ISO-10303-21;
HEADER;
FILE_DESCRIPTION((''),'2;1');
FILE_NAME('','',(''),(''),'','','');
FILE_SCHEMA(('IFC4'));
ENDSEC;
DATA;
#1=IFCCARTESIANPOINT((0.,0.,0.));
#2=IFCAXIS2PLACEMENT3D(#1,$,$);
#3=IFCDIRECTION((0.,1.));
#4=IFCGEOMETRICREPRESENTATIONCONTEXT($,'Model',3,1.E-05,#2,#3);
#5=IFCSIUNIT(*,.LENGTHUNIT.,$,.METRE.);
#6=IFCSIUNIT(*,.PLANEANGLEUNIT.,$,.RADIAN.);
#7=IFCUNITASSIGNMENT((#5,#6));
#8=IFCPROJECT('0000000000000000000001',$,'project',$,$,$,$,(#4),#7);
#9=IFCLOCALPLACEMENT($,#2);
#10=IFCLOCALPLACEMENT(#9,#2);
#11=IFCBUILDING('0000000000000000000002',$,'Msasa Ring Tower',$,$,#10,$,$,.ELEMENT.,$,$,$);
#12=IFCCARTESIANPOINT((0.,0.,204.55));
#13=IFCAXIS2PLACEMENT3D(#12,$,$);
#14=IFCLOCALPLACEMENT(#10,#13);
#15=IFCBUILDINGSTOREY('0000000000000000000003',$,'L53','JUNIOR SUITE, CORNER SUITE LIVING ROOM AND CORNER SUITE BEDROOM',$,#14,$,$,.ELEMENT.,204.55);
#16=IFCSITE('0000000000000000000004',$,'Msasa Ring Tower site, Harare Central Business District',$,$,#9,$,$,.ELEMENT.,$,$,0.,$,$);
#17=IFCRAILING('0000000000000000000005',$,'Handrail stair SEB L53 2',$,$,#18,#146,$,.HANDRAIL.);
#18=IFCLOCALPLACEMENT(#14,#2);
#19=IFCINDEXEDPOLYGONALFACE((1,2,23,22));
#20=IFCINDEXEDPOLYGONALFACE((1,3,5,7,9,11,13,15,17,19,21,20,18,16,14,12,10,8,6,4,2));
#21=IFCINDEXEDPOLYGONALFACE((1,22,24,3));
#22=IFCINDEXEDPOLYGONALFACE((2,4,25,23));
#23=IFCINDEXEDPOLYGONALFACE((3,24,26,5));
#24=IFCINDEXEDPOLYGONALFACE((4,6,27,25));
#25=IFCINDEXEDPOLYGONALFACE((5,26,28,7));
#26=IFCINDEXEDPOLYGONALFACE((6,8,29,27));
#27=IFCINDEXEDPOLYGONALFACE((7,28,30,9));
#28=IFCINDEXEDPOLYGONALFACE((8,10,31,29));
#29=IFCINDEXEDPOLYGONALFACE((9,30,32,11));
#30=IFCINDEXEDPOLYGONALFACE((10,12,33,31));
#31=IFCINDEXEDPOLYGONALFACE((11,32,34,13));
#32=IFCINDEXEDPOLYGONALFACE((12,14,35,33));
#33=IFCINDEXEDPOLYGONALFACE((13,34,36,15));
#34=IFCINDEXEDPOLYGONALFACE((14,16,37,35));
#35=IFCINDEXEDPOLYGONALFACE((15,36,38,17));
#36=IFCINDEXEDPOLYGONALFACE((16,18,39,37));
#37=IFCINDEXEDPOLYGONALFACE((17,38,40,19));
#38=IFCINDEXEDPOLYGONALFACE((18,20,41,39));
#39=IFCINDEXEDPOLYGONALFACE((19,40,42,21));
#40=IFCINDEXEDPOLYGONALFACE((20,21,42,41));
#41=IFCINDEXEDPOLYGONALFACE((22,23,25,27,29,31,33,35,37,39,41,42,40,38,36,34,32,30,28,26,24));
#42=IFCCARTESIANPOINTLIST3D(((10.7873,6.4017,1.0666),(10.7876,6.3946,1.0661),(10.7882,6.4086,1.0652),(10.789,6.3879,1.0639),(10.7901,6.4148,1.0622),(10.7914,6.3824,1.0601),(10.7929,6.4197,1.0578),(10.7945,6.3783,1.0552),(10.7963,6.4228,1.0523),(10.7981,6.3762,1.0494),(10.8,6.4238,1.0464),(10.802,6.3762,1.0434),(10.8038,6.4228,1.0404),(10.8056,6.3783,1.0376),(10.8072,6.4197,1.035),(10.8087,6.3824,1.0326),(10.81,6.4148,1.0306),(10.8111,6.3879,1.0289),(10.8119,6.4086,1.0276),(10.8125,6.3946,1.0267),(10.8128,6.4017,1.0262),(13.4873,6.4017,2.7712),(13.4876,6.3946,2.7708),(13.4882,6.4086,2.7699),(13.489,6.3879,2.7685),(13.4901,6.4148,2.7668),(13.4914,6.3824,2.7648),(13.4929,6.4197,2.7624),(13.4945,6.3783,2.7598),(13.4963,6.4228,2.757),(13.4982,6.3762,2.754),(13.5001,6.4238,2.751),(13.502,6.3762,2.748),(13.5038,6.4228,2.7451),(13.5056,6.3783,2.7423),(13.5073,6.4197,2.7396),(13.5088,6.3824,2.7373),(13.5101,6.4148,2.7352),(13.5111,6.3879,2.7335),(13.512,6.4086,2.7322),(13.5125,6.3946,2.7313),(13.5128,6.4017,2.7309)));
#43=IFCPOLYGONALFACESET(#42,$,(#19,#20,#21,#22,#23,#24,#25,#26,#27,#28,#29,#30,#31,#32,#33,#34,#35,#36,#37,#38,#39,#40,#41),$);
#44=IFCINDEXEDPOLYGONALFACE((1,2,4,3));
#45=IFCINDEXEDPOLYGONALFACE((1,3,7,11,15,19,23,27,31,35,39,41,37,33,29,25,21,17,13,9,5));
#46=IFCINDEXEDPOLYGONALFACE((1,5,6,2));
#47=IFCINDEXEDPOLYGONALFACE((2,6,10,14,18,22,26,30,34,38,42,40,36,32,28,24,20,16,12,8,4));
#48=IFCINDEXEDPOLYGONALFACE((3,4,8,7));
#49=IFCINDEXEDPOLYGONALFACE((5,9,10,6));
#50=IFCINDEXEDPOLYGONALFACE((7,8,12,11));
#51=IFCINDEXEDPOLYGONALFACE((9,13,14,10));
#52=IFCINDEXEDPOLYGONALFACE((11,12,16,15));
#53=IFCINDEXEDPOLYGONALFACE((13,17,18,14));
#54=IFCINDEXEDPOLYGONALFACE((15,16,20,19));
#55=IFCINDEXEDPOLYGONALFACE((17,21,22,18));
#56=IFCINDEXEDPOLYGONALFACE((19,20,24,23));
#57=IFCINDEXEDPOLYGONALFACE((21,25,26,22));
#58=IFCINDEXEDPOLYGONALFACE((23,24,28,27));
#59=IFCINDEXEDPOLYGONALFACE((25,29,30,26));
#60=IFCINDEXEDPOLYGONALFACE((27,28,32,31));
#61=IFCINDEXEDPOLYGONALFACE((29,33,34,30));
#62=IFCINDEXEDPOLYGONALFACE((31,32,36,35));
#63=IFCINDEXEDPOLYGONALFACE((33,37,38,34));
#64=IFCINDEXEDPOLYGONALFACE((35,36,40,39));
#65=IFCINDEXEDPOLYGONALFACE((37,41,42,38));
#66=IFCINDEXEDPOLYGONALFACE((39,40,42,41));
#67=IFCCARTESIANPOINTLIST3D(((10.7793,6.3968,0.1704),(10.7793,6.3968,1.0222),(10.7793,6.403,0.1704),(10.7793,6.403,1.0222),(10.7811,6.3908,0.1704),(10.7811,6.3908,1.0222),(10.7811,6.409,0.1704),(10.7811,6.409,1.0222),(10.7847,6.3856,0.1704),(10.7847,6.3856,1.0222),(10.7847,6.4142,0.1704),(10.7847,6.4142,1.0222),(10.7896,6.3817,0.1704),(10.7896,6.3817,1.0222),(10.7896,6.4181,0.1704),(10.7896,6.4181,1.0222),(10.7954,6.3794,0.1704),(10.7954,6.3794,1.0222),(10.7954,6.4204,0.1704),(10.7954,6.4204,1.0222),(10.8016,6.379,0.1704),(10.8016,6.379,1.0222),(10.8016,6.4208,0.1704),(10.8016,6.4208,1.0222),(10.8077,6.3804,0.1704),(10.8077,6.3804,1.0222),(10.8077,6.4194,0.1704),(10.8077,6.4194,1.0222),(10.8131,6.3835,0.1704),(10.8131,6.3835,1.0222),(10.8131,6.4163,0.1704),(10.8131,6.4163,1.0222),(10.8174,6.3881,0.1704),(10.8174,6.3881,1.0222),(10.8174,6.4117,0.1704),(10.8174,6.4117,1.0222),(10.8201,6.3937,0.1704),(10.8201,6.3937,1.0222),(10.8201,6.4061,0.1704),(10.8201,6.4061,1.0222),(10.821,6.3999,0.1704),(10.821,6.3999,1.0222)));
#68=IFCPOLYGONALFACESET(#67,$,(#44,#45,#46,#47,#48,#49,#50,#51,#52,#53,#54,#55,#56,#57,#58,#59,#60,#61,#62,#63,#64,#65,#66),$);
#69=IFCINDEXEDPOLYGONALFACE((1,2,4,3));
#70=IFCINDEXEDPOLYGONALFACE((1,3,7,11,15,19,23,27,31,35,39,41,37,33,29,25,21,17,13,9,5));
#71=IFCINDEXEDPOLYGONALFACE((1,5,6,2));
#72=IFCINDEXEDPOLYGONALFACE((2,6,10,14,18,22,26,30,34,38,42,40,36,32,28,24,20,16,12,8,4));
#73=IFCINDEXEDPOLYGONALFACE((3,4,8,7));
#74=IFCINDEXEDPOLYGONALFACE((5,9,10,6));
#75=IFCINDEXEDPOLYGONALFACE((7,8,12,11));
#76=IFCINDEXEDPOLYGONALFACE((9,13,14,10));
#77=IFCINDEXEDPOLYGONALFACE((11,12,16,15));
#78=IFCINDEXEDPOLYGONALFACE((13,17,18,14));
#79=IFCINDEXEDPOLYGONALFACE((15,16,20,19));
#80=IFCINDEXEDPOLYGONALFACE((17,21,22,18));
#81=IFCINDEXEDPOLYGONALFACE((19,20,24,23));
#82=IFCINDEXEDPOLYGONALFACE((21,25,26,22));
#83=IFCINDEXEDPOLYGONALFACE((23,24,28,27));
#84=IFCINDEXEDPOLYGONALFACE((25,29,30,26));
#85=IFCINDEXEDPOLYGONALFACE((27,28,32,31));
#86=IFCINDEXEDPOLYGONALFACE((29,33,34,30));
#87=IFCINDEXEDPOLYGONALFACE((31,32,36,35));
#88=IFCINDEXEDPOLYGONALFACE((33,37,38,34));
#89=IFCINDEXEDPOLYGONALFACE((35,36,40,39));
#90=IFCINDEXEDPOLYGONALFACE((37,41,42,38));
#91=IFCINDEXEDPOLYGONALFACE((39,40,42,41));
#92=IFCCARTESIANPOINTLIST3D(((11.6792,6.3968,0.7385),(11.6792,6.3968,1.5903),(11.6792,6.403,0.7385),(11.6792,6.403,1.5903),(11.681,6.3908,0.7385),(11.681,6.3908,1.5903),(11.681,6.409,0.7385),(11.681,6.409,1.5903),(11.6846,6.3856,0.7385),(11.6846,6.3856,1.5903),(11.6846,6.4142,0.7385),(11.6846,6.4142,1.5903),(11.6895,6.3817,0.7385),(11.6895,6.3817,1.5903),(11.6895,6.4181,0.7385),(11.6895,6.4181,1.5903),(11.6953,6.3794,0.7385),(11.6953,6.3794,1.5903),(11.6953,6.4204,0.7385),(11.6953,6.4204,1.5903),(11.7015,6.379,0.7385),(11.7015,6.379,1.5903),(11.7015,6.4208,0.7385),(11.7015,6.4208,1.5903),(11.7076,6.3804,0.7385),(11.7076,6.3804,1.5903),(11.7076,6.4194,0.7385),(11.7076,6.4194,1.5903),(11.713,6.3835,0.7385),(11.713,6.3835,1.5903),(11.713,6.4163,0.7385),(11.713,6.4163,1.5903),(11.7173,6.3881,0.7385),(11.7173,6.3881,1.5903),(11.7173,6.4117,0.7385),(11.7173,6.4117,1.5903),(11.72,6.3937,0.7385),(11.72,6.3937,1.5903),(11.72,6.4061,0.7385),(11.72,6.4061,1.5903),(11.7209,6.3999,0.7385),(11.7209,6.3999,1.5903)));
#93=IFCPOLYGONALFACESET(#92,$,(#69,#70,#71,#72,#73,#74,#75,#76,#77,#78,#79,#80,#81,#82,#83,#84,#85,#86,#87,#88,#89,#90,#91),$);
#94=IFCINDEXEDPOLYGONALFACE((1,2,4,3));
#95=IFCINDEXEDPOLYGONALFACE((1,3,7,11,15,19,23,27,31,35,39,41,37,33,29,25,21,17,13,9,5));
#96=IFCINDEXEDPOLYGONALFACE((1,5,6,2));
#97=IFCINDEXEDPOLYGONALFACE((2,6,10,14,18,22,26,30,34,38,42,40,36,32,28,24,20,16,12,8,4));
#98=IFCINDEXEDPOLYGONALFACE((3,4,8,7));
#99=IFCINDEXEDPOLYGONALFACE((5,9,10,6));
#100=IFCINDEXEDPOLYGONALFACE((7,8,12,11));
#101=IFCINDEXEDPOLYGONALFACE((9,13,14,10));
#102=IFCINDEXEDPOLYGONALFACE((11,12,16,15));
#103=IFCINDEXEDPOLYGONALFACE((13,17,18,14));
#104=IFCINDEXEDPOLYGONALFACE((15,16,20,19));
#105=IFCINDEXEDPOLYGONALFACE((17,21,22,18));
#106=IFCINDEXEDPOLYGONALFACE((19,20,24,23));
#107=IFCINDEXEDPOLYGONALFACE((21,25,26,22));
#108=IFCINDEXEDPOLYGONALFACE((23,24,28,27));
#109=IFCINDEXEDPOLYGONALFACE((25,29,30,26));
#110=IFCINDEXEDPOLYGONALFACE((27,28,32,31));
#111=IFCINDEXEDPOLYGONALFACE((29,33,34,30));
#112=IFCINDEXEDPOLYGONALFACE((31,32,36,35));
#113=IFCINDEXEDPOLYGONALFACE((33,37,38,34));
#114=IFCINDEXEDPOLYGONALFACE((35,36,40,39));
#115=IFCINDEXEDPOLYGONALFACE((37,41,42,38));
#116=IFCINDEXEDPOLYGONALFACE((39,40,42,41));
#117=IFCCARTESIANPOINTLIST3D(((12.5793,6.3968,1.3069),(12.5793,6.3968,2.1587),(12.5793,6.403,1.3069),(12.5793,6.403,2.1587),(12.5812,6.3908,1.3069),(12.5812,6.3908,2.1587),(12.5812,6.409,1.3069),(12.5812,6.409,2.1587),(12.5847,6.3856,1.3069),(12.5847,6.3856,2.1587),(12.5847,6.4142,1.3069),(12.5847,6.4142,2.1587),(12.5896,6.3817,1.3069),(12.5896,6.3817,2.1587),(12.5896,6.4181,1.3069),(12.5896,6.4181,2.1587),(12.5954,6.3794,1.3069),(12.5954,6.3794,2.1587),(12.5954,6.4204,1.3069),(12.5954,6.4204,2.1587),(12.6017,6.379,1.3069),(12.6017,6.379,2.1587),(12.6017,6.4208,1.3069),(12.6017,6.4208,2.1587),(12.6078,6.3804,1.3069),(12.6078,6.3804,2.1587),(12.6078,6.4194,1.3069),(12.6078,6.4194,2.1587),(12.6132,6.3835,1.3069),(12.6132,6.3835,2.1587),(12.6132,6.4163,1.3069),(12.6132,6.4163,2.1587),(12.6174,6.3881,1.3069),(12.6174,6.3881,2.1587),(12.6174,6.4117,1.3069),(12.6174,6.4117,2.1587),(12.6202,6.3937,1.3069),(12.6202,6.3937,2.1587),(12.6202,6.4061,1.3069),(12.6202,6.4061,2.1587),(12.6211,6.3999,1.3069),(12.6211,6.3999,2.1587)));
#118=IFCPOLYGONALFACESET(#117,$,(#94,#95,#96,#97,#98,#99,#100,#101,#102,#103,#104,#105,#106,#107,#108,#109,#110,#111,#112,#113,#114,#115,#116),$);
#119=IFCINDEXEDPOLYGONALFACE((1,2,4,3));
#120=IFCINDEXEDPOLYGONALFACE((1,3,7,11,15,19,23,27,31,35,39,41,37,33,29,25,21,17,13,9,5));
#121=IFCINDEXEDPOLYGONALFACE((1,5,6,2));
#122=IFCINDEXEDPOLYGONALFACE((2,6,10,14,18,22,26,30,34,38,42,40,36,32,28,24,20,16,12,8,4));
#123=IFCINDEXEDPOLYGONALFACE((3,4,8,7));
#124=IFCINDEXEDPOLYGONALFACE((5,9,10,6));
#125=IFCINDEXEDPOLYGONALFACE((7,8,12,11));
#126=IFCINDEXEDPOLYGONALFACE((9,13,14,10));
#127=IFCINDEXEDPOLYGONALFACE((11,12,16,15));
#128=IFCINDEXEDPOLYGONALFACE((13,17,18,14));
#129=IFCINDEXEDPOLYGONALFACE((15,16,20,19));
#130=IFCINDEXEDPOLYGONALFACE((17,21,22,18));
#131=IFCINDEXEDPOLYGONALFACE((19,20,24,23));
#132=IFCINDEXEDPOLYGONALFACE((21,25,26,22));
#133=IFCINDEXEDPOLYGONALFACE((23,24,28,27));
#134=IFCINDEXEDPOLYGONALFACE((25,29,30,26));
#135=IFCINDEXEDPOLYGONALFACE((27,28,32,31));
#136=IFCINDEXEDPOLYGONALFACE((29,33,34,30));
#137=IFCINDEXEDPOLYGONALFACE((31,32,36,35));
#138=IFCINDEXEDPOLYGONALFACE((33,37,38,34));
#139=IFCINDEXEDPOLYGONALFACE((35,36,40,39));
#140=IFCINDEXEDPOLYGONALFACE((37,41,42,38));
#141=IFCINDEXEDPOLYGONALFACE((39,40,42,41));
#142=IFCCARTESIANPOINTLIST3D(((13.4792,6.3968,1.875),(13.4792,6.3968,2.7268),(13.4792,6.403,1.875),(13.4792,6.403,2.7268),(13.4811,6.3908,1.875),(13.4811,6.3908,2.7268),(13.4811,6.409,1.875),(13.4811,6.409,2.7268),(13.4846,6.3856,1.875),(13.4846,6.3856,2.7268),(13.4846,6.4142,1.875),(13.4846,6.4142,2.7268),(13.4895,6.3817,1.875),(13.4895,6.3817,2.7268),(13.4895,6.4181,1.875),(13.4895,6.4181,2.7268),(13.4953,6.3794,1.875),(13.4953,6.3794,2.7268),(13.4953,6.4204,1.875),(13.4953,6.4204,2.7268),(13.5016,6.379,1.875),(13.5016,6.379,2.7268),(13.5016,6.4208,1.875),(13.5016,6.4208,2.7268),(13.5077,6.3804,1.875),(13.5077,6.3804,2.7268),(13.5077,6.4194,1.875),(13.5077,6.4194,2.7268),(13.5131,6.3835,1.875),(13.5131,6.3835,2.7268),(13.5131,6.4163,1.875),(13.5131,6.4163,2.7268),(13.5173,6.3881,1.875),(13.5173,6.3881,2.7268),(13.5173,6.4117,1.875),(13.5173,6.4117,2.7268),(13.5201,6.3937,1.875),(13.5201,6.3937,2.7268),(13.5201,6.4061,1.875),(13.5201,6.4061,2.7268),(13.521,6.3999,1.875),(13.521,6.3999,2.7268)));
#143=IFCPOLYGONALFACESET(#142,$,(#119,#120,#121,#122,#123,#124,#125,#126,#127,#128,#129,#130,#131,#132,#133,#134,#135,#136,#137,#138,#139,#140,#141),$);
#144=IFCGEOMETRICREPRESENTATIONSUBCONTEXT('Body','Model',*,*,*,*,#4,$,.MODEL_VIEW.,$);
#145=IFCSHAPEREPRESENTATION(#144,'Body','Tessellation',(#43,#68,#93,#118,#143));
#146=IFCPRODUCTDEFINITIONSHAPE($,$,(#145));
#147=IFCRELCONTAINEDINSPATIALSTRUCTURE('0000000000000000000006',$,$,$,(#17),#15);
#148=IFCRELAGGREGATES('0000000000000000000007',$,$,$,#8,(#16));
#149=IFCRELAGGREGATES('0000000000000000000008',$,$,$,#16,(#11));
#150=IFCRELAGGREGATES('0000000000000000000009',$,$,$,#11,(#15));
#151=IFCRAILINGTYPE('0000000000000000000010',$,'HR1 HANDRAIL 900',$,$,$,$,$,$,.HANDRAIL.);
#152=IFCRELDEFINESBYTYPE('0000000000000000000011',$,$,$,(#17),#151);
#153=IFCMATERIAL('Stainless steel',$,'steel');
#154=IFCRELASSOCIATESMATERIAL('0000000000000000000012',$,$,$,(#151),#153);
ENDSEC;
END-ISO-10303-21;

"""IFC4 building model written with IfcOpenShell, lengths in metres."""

from ifc_helpers import new_model, si_unit, direction, frame, origin, origin_2d, place, context, subcontext, project, spatial, circle, extrude, material, type_object, element, save


model = new_model("IFC4")

# Units and contexts
model_context = context("Model", 3, precision=1e-05, world=origin(), true_north=direction((0.0, 1.0)))
body_context = subcontext(model_context, "Body", "Model", "MODEL_VIEW")
ifc_project = project(units=[si_unit("LENGTHUNIT", "METRE"), si_unit("PLANEANGLEUNIT", "RADIAN")], contexts=[model_context])

# Site, building, storey
site_placement = place(None, origin())
site = spatial("IfcSite", under=ifc_project, at=site_placement, Name="Msasa Ring Tower site, Harare Central Business District", CompositionType="ELEMENT", RefElevation=0.0)
building_placement = place(site_placement, origin())
building = spatial("IfcBuilding", under=site, at=building_placement, Name="Msasa Ring Tower", CompositionType="ELEMENT")
storey_placement = place(building_placement, frame((0.0, 0.0, 204.55)))
storey = spatial("IfcBuildingStorey", under=building, at=storey_placement, Name="L53", Description="JUNIOR SUITE, CORNER SUITE LIVING ROOM AND CORNER SUITE BEDROOM", CompositionType="ELEMENT", Elevation=204.55)

# Railing
ifc_material_1 = material(Name="Stainless steel", Category="steel")
railing_type = type_object("IfcRailingType", Name="HR1 HANDRAIL 900", PredefinedType="HANDRAIL", material=ifc_material_1)
for number, where, name in (
    (1, (10.8, 6.3999, 0.1704), "Handrail stair SEB L53 2"),
):
    element("IfcRailing", number, at=place(storey_placement, frame(where)), inside=storey, type_object=railing_type, Name=name, PredefinedType="HANDRAIL", context=body_context, shape_type="SweptSolid", body=[
        extrude(circle(Radius=0.0239, at=origin_2d()), frame((0.0, 0.0, 0.876), z_axis=(0.84558, 0.0, 0.533849), x_axis=(0.0, 1.0, 0.0)), (0.0, 0.0, 1.0), 3.1931),
        extrude(circle(Radius=0.021, at=origin_2d()), origin(), (0.0, 0.0, 1.0), 0.8518),
        extrude(circle(Radius=0.021, at=origin_2d()), frame((0.8999, 0.0, 0.5681)), (0.0, 0.0, 1.0), 0.8518),
        extrude(circle(Radius=0.021, at=origin_2d()), frame((1.8, 0.0, 1.1365)), (0.0, 0.0, 1.0), 0.8518),
        extrude(circle(Radius=0.021, at=origin_2d()), frame((2.7, 0.0, 1.7046)), (0.0, 0.0, 1.0), 0.8518),
    ])

save(model, "model.ifc")
